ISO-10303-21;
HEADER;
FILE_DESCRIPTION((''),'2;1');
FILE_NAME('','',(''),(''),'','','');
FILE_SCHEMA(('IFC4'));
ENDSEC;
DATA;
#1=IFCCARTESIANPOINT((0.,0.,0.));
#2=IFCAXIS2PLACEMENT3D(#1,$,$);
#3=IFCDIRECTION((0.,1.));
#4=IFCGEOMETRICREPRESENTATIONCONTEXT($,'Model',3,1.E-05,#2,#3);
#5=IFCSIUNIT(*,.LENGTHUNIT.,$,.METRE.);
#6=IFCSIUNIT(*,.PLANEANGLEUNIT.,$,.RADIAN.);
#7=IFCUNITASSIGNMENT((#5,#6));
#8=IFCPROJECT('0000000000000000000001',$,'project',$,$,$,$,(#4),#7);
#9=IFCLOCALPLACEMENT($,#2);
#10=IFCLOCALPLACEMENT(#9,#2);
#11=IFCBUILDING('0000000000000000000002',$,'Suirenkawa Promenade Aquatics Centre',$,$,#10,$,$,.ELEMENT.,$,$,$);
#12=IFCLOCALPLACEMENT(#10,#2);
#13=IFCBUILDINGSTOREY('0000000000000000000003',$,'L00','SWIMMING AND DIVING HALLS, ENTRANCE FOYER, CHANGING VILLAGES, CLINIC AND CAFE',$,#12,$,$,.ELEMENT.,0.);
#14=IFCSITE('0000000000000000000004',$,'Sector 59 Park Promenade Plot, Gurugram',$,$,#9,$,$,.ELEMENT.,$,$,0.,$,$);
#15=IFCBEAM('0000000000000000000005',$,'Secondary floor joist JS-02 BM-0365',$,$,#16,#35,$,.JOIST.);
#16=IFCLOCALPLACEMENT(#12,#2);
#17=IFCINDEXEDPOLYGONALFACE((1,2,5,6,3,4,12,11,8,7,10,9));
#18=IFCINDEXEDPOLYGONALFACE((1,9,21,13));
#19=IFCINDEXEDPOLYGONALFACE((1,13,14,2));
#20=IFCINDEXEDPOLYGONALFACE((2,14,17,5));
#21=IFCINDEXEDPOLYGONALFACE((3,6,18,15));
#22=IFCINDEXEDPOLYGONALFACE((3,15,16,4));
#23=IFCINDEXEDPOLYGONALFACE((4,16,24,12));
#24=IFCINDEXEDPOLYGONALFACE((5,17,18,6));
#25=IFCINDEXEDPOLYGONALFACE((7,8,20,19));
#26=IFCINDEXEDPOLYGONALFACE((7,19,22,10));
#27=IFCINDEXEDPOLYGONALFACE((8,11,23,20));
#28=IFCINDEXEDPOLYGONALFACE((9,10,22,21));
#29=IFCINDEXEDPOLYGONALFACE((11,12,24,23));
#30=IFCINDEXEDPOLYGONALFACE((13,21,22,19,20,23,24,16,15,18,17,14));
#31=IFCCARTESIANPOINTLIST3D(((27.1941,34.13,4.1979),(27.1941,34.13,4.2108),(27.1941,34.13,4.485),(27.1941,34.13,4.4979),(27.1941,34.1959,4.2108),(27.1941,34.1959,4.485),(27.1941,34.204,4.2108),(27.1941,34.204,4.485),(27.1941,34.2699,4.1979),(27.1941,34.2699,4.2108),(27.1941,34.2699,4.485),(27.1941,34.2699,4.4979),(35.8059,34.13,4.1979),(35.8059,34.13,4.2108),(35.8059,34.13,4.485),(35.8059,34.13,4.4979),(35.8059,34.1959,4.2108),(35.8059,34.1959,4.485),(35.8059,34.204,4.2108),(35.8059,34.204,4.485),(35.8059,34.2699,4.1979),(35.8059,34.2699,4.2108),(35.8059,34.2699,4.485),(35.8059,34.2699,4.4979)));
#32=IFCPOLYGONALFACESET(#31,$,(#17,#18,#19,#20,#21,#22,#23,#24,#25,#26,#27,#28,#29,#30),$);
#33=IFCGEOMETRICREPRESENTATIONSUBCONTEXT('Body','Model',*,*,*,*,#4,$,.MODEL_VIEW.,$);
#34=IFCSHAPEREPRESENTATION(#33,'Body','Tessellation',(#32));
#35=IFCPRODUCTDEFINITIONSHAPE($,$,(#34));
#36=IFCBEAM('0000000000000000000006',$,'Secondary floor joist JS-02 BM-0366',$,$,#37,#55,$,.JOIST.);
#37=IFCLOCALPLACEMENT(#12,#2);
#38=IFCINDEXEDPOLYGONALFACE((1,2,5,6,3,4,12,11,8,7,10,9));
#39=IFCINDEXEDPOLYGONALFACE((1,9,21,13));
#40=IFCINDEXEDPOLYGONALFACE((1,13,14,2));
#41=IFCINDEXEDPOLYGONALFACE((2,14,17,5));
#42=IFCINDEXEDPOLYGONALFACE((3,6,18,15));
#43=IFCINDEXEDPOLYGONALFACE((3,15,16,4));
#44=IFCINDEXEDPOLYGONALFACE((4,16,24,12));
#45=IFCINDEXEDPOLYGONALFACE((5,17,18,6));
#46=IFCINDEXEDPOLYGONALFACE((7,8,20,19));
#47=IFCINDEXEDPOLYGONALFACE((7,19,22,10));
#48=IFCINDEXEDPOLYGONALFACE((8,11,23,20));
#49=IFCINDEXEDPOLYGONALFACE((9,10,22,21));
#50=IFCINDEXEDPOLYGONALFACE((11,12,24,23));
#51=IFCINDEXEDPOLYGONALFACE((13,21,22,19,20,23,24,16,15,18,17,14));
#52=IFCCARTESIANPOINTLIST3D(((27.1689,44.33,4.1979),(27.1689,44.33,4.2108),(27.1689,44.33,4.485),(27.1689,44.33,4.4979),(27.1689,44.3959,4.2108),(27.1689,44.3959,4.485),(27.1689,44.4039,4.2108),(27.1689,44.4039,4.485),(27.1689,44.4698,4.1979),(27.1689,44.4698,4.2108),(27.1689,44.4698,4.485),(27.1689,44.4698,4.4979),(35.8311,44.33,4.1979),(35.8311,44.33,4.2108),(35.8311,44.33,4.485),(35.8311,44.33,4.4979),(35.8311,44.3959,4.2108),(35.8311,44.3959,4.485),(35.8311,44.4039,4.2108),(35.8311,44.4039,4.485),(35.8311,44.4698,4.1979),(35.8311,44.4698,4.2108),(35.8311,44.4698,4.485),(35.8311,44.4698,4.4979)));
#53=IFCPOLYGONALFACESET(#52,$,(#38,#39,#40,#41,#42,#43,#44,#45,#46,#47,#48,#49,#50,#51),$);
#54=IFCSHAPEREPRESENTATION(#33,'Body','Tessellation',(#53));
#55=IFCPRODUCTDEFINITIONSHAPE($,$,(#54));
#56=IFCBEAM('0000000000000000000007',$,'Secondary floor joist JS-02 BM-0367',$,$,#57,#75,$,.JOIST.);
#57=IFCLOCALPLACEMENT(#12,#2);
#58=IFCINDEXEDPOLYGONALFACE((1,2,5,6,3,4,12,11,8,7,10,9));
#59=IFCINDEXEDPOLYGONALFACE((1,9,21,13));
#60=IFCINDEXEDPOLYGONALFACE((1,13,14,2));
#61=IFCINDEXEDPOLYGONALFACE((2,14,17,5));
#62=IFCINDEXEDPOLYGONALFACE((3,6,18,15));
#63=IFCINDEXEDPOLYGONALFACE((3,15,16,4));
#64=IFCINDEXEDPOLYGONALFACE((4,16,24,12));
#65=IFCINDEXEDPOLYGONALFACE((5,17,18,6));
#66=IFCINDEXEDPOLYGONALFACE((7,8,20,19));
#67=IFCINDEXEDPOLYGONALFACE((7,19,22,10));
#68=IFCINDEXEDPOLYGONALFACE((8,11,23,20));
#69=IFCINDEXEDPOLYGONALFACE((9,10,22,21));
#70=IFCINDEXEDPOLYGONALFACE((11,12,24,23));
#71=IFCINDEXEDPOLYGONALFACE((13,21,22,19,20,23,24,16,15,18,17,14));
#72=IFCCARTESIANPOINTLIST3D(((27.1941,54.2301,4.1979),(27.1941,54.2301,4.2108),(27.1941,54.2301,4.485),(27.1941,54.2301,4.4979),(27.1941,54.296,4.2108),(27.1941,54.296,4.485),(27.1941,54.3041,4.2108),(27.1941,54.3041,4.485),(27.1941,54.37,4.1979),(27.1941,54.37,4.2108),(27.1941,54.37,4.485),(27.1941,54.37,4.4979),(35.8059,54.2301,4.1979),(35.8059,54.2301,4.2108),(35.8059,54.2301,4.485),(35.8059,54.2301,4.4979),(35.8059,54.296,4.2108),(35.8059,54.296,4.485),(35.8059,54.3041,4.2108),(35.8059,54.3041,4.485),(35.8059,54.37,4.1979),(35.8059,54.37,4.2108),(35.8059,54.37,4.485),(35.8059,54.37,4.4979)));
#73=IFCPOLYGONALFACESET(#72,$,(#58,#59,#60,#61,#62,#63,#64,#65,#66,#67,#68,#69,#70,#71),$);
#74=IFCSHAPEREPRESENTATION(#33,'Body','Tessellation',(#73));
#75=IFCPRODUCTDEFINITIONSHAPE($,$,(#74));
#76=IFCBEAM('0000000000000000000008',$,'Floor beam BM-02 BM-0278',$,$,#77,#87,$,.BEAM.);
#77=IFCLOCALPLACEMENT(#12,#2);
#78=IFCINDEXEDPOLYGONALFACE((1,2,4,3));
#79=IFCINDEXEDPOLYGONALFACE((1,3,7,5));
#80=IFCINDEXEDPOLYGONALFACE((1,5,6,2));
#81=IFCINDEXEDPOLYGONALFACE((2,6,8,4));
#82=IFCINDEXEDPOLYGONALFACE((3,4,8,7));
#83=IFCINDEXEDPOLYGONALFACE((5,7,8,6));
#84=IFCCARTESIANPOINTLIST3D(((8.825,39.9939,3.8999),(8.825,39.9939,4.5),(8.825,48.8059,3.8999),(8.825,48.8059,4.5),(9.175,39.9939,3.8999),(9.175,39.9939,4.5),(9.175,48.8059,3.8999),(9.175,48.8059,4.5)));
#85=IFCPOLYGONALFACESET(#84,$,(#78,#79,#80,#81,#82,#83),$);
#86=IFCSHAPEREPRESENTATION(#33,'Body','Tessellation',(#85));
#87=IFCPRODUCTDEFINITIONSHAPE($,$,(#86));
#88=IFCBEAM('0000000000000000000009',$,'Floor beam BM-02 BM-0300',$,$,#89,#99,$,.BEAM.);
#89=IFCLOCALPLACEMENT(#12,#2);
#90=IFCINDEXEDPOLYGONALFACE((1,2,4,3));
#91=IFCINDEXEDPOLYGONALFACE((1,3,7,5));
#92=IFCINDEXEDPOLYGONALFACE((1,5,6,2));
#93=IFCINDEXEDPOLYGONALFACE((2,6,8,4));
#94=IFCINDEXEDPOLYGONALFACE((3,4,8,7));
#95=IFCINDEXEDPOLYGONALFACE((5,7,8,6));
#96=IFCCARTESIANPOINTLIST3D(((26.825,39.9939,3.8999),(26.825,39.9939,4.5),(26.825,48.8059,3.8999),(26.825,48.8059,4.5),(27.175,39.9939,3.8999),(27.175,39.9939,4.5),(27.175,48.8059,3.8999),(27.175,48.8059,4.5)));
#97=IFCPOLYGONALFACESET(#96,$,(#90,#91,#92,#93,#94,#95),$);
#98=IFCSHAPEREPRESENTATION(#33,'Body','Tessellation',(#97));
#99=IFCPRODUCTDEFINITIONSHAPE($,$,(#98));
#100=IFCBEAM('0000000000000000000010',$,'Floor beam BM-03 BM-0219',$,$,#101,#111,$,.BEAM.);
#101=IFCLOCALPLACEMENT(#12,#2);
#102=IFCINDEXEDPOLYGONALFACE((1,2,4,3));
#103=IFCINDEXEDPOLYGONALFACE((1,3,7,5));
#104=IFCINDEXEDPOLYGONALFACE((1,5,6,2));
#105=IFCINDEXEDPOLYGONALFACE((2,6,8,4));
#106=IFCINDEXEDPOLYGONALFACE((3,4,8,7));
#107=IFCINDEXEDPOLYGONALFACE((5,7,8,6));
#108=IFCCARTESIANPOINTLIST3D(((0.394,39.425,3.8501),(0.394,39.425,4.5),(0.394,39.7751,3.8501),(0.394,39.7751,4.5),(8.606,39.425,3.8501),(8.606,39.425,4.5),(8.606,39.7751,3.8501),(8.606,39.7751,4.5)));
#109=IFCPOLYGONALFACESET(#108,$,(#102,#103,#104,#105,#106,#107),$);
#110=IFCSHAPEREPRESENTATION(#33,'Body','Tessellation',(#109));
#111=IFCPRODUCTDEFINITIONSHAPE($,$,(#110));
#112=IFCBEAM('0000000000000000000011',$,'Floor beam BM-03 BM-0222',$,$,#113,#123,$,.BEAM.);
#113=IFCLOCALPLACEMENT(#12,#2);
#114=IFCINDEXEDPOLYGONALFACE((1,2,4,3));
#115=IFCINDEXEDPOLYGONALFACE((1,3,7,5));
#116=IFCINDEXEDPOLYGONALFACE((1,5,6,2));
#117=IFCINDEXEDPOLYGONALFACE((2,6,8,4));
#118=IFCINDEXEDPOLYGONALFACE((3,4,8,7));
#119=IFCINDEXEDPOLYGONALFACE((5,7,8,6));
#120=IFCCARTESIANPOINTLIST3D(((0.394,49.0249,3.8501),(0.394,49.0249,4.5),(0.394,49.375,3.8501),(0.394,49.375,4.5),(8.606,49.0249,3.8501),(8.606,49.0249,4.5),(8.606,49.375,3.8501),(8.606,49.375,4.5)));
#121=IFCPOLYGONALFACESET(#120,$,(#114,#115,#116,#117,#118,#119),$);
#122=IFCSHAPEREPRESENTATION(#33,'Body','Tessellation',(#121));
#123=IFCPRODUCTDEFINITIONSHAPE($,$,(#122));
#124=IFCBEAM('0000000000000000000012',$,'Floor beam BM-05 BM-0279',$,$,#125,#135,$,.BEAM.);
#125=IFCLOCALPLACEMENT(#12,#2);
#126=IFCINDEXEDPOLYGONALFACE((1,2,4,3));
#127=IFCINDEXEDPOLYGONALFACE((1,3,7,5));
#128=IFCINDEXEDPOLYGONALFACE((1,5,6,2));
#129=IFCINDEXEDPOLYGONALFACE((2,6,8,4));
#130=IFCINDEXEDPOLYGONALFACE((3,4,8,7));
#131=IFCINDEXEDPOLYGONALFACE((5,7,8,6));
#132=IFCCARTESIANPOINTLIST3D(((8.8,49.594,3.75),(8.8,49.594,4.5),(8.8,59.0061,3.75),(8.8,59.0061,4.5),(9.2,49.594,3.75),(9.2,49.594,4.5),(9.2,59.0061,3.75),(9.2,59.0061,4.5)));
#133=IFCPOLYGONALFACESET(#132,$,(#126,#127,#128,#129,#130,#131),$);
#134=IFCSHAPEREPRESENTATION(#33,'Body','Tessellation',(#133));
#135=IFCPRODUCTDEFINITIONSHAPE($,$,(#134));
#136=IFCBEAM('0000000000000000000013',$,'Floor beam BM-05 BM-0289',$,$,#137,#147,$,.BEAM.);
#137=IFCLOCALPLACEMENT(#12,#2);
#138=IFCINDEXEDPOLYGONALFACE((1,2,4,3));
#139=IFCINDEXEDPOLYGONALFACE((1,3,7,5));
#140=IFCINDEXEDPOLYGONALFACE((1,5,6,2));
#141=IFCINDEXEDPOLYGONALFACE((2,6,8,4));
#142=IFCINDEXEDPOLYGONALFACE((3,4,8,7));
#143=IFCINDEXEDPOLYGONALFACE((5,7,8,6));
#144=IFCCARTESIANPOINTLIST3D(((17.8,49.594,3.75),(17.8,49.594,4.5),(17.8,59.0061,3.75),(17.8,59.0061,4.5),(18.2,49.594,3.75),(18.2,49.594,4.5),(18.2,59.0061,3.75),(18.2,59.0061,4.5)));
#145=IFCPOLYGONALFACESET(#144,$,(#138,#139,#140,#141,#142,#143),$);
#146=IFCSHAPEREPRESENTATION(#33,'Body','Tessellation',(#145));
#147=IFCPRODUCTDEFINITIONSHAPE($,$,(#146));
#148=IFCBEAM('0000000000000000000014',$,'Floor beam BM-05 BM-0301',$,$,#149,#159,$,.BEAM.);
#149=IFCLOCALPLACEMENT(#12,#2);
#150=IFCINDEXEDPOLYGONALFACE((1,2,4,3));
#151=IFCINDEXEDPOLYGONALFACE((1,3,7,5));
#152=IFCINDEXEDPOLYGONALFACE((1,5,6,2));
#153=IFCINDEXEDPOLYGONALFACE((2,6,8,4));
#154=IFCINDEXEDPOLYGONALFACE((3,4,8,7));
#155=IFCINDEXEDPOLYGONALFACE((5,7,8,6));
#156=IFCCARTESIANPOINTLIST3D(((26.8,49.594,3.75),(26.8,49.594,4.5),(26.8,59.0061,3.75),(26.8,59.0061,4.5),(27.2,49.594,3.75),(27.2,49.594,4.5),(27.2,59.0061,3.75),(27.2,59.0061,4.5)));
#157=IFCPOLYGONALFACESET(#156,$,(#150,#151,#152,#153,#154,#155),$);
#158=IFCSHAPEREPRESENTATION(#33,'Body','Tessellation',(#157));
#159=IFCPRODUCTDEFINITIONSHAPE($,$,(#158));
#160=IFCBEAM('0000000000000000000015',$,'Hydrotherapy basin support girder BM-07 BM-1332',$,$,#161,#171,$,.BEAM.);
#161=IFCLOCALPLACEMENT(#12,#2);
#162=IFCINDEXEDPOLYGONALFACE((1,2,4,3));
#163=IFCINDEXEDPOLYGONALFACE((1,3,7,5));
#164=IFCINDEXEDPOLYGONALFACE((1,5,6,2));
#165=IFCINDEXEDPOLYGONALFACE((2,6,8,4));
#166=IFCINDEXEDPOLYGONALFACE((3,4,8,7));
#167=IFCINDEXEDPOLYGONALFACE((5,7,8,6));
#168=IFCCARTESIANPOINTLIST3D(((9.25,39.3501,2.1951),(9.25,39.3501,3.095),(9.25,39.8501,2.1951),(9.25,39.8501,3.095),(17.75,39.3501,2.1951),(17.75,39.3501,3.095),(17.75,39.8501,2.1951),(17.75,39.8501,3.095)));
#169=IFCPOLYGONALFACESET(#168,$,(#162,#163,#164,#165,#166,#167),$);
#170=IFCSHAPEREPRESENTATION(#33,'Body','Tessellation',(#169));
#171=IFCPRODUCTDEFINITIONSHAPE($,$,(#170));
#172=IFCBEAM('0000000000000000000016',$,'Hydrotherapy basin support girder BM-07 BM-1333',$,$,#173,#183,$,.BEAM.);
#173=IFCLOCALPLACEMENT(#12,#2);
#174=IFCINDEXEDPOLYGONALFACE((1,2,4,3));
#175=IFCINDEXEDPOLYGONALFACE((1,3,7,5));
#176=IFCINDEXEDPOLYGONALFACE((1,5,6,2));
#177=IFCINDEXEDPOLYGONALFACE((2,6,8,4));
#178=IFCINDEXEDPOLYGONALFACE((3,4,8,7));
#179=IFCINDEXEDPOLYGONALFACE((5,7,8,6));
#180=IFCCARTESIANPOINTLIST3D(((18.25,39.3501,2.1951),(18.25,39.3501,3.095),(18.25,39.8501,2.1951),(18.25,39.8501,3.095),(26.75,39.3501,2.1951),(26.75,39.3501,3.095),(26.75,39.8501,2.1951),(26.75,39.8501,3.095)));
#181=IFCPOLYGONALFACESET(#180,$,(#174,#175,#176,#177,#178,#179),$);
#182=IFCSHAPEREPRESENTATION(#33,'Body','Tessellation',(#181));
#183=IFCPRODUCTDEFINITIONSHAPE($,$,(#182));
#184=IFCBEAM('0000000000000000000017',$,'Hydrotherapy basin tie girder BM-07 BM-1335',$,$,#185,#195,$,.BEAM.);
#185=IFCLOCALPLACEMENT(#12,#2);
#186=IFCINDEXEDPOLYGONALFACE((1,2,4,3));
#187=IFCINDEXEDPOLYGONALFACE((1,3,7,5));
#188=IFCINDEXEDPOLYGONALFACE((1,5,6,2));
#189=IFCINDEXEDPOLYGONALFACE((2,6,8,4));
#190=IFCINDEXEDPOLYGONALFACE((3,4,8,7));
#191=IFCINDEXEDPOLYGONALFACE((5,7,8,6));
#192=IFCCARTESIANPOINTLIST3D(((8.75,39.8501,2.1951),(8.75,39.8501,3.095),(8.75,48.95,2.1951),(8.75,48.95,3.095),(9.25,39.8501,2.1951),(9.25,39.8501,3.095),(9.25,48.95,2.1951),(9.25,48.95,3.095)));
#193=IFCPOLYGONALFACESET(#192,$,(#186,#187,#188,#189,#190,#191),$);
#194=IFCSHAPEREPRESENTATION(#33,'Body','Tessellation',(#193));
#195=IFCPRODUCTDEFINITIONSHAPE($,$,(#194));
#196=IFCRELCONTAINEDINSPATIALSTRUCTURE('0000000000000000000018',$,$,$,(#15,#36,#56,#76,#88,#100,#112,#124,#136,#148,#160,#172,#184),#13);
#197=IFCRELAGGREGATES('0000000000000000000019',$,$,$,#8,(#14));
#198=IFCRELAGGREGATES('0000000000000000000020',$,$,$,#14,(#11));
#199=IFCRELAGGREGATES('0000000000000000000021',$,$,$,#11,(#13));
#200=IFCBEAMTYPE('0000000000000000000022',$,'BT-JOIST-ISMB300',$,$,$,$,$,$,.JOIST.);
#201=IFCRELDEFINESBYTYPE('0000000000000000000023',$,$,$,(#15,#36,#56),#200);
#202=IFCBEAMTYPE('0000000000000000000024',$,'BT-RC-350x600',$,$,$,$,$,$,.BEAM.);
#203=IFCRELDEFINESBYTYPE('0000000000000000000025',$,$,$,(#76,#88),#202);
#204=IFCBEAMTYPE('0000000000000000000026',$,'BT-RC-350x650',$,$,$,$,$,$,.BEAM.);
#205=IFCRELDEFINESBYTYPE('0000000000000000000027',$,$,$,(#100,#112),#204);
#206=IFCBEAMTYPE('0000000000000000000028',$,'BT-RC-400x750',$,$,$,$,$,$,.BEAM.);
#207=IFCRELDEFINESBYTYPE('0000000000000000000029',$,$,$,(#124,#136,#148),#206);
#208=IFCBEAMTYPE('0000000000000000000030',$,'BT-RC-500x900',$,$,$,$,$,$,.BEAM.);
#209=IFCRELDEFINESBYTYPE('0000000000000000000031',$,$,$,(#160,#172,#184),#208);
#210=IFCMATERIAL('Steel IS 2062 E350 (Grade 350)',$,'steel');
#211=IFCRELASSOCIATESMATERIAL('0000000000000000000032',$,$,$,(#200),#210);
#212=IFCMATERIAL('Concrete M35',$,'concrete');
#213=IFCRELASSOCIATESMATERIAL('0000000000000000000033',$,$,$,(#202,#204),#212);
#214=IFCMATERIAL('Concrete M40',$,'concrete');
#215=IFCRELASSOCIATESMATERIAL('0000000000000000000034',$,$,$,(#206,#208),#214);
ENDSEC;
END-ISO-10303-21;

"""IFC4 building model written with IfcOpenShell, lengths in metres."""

from ifc_helpers import new_model, si_unit, direction, frame, origin, origin_2d, place, context, subcontext, project, spatial, rectangle, i_section, extrude, material, material_profile, profile_set, type_object, element, save


model = new_model("IFC4")

# Units and contexts
model_context = context("Model", 3, precision=1e-05, world=origin(), true_north=direction((0.0, 1.0)))
body_context = subcontext(model_context, "Body", "Model", "MODEL_VIEW")
ifc_project = project(units=[si_unit("LENGTHUNIT", "METRE"), si_unit("PLANEANGLEUNIT", "RADIAN")], contexts=[model_context])

# Site, building, storey
site_placement = place(None, origin())
site = spatial("IfcSite", under=ifc_project, at=site_placement, Name="Sector 59 Park Promenade Plot, Gurugram", CompositionType="ELEMENT", RefElevation=0.0)
building_placement = place(site_placement, origin())
building = spatial("IfcBuilding", under=site, at=building_placement, Name="Suirenkawa Promenade Aquatics Centre", CompositionType="ELEMENT")
storey_placement = place(building_placement, origin())
storey = spatial("IfcBuildingStorey", under=building, at=storey_placement, Name="L00", Description="SWIMMING AND DIVING HALLS, ENTRANCE FOYER, CHANGING VILLAGES, CLINIC AND CAFE", CompositionType="ELEMENT", Elevation=0.0)

# Shared definitions
ifc_material_1 = material(Name="Concrete M40", Category="concrete")

# Beams
ifc_material_2 = material(Name="Steel IS 2062 E350 (Grade 350)", Category="steel")
ifc_material_profile_1 = material_profile(ifc_material_2, i_section(OverallWidth=0.1399, OverallDepth=0.3, WebThickness=0.0081, FlangeThickness=0.0129, at=origin_2d()), Name="ISMB 300", Category="steel")
ifc_profile_set_1 = profile_set([ifc_material_profile_1], Name="Steel IS 2062 E350 (Grade 350)")
beam_type_1 = type_object("IfcBeamType", Name="BT-JOIST-ISMB300", PredefinedType="JOIST", material=ifc_profile_set_1)
for number, where, z_axis, x_axis, name in (
    (1, (27.1941, 34.2, 4.3479), (1.0, 0.0, 0.0), (0.0, 1.0, 0.0), "Secondary floor joist JS-02 BM-0365"),
):
    element("IfcBeam", number, at=place(storey_placement, frame(where, z_axis=z_axis, x_axis=x_axis)), inside=storey, type_object=beam_type_1, Name=name, PredefinedType="JOIST", context=body_context, shape_type="SweptSolid", body=[
        extrude(i_section(OverallWidth=0.1399, OverallDepth=0.3, WebThickness=0.0081, FlangeThickness=0.0129, at=origin_2d()), origin(), (0.0, 0.0, 1.0), 8.6118),
    ])
beam_1_placement = place(storey_placement, frame((27.1689, 44.3999, 4.3479), z_axis=(1.0, 0.0, 0.0), x_axis=(0.0, 1.0, 0.0)))
element("IfcBeam", 2, at=beam_1_placement, inside=storey, type_object=beam_type_1, Name="Secondary floor joist JS-02 BM-0366", PredefinedType="JOIST", context=body_context, shape_type="SweptSolid", body=[
    extrude(i_section(OverallWidth=0.1399, OverallDepth=0.3, WebThickness=0.0081, FlangeThickness=0.0129, at=origin_2d()), origin(), (0.0, 0.0, 1.0), 8.6621),
])
beam_2_placement = place(storey_placement, frame((27.1941, 54.3, 4.3479), z_axis=(1.0, 0.0, 0.0), x_axis=(0.0, 1.0, 0.0)))
element("IfcBeam", 3, at=beam_2_placement, inside=storey, type_object=beam_type_1, Name="Secondary floor joist JS-02 BM-0367", PredefinedType="JOIST", context=body_context, shape_type="SweptSolid", body=[
    extrude(i_section(OverallWidth=0.1399, OverallDepth=0.3, WebThickness=0.0081, FlangeThickness=0.0129, at=origin_2d()), origin(), (0.0, 0.0, 1.0), 8.6118),
])
ifc_material_3 = material(Name="Concrete M35", Category="concrete")
ifc_material_profile_2 = material_profile(ifc_material_3, rectangle(XDim=0.3501, YDim=0.6001, at=origin_2d()), Name="RC BM 350x600", Category="concrete")
ifc_profile_set_2 = profile_set([ifc_material_profile_2], Name="Concrete M35")
beam_type_2 = type_object("IfcBeamType", Name="BT-RC-350x600", PredefinedType="BEAM", material=ifc_profile_set_2)
for number, where, z_axis, x_axis, name in (
    (4, (9.0, 39.9939, 4.2), (0.0, 1.0, 0.0), (-1.0, 0.0, 0.0), "Floor beam BM-02 BM-0278"),
    (5, (27.0, 39.9939, 4.2), (0.0, 1.0, 0.0), (-1.0, 0.0, 0.0), "Floor beam BM-02 BM-0300"),
):
    element("IfcBeam", number, at=place(storey_placement, frame(where, z_axis=z_axis, x_axis=x_axis)), inside=storey, type_object=beam_type_2, Name=name, PredefinedType="BEAM", context=body_context, shape_type="SweptSolid", body=[
        extrude(rectangle(XDim=0.3501, YDim=0.6001, at=origin_2d()), origin(), (0.0, 0.0, 1.0), 8.812),
    ])
ifc_material_profile_3 = material_profile(ifc_material_3, rectangle(XDim=0.3501, YDim=0.6499, at=origin_2d()), Name="RC BM 350x650", Category="concrete")
ifc_profile_set_3 = profile_set([ifc_material_profile_3], Name="Concrete M35")
beam_type_3 = type_object("IfcBeamType", Name="BT-RC-350x650", PredefinedType="BEAM", material=ifc_profile_set_3)
for number, where, z_axis, x_axis, name in (
    (6, (0.394, 39.6001, 4.175), (1.0, 0.0, 0.0), (0.0, 1.0, 0.0), "Floor beam BM-03 BM-0219"),
    (7, (0.394, 49.2, 4.175), (1.0, 0.0, 0.0), (0.0, 1.0, 0.0), "Floor beam BM-03 BM-0222"),
):
    element("IfcBeam", number, at=place(storey_placement, frame(where, z_axis=z_axis, x_axis=x_axis)), inside=storey, type_object=beam_type_3, Name=name, PredefinedType="BEAM", context=body_context, shape_type="SweptSolid", body=[
        extrude(rectangle(XDim=0.3501, YDim=0.6499, at=origin_2d()), origin(), (0.0, 0.0, 1.0), 8.2119),
    ])
ifc_material_profile_4 = material_profile(ifc_material_1, rectangle(XDim=0.3999, YDim=0.75, at=origin_2d()), Name="RC BM 400x750", Category="concrete")
ifc_profile_set_4 = profile_set([ifc_material_profile_4], Name="Concrete M40")
beam_type_4 = type_object("IfcBeamType", Name="BT-RC-400x750", PredefinedType="BEAM", material=ifc_profile_set_4)
for number, where, z_axis, x_axis, name in (
    (8, (9.0, 49.594, 4.125), (0.0, 1.0, 0.0), (-1.0, 0.0, 0.0), "Floor beam BM-05 BM-0279"),
    (9, (18.0, 49.594, 4.125), (0.0, 1.0, 0.0), (-1.0, 0.0, 0.0), "Floor beam BM-05 BM-0289"),
    (10, (27.0, 49.594, 4.125), (0.0, 1.0, 0.0), (-1.0, 0.0, 0.0), "Floor beam BM-05 BM-0301"),
):
    element("IfcBeam", number, at=place(storey_placement, frame(where, z_axis=z_axis, x_axis=x_axis)), inside=storey, type_object=beam_type_4, Name=name, PredefinedType="BEAM", context=body_context, shape_type="SweptSolid", body=[
        extrude(rectangle(XDim=0.3999, YDim=0.75, at=origin_2d()), origin(), (0.0, 0.0, 1.0), 9.4121),
    ])
ifc_material_profile_5 = material_profile(ifc_material_1, rectangle(XDim=0.5, YDim=0.8999, at=origin_2d()), Name="RC BM 500x900", Category="concrete")
ifc_profile_set_5 = profile_set([ifc_material_profile_5], Name="Concrete M40")
beam_type_5 = type_object("IfcBeamType", Name="BT-RC-500x900", PredefinedType="BEAM", material=ifc_profile_set_5)
for number, where, z_axis, x_axis, name in (
    (11, (9.25, 39.6001, 2.645), (1.0, 0.0, 0.0), (0.0, 1.0, 0.0), "Hydrotherapy basin support girder BM-07 BM-1332"),
    (12, (18.25, 39.6001, 2.645), (1.0, 0.0, 0.0), (0.0, 1.0, 0.0), "Hydrotherapy basin support girder BM-07 BM-1333"),
):
    element("IfcBeam", number, at=place(storey_placement, frame(where, z_axis=z_axis, x_axis=x_axis)), inside=storey, type_object=beam_type_5, Name=name, PredefinedType="BEAM", context=body_context, shape_type="SweptSolid", body=[
        extrude(rectangle(XDim=0.5, YDim=0.8999, at=origin_2d()), origin(), (0.0, 0.0, 1.0), 8.5),
    ])
for number, where, z_axis, x_axis, name in (
    (13, (9.0, 39.8501, 2.645), (0.0, 1.0, 0.0), (-1.0, 0.0, 0.0), "Hydrotherapy basin tie girder BM-07 BM-1335"),
):
    element("IfcBeam", number, at=place(storey_placement, frame(where, z_axis=z_axis, x_axis=x_axis)), inside=storey, type_object=beam_type_5, Name=name, PredefinedType="BEAM", context=body_context, shape_type="SweptSolid", body=[
        extrude(rectangle(XDim=0.5, YDim=0.8999, at=origin_2d()), origin(), (0.0, 0.0, 1.0), 9.0999),
    ])

save(model, "model.ifc")
